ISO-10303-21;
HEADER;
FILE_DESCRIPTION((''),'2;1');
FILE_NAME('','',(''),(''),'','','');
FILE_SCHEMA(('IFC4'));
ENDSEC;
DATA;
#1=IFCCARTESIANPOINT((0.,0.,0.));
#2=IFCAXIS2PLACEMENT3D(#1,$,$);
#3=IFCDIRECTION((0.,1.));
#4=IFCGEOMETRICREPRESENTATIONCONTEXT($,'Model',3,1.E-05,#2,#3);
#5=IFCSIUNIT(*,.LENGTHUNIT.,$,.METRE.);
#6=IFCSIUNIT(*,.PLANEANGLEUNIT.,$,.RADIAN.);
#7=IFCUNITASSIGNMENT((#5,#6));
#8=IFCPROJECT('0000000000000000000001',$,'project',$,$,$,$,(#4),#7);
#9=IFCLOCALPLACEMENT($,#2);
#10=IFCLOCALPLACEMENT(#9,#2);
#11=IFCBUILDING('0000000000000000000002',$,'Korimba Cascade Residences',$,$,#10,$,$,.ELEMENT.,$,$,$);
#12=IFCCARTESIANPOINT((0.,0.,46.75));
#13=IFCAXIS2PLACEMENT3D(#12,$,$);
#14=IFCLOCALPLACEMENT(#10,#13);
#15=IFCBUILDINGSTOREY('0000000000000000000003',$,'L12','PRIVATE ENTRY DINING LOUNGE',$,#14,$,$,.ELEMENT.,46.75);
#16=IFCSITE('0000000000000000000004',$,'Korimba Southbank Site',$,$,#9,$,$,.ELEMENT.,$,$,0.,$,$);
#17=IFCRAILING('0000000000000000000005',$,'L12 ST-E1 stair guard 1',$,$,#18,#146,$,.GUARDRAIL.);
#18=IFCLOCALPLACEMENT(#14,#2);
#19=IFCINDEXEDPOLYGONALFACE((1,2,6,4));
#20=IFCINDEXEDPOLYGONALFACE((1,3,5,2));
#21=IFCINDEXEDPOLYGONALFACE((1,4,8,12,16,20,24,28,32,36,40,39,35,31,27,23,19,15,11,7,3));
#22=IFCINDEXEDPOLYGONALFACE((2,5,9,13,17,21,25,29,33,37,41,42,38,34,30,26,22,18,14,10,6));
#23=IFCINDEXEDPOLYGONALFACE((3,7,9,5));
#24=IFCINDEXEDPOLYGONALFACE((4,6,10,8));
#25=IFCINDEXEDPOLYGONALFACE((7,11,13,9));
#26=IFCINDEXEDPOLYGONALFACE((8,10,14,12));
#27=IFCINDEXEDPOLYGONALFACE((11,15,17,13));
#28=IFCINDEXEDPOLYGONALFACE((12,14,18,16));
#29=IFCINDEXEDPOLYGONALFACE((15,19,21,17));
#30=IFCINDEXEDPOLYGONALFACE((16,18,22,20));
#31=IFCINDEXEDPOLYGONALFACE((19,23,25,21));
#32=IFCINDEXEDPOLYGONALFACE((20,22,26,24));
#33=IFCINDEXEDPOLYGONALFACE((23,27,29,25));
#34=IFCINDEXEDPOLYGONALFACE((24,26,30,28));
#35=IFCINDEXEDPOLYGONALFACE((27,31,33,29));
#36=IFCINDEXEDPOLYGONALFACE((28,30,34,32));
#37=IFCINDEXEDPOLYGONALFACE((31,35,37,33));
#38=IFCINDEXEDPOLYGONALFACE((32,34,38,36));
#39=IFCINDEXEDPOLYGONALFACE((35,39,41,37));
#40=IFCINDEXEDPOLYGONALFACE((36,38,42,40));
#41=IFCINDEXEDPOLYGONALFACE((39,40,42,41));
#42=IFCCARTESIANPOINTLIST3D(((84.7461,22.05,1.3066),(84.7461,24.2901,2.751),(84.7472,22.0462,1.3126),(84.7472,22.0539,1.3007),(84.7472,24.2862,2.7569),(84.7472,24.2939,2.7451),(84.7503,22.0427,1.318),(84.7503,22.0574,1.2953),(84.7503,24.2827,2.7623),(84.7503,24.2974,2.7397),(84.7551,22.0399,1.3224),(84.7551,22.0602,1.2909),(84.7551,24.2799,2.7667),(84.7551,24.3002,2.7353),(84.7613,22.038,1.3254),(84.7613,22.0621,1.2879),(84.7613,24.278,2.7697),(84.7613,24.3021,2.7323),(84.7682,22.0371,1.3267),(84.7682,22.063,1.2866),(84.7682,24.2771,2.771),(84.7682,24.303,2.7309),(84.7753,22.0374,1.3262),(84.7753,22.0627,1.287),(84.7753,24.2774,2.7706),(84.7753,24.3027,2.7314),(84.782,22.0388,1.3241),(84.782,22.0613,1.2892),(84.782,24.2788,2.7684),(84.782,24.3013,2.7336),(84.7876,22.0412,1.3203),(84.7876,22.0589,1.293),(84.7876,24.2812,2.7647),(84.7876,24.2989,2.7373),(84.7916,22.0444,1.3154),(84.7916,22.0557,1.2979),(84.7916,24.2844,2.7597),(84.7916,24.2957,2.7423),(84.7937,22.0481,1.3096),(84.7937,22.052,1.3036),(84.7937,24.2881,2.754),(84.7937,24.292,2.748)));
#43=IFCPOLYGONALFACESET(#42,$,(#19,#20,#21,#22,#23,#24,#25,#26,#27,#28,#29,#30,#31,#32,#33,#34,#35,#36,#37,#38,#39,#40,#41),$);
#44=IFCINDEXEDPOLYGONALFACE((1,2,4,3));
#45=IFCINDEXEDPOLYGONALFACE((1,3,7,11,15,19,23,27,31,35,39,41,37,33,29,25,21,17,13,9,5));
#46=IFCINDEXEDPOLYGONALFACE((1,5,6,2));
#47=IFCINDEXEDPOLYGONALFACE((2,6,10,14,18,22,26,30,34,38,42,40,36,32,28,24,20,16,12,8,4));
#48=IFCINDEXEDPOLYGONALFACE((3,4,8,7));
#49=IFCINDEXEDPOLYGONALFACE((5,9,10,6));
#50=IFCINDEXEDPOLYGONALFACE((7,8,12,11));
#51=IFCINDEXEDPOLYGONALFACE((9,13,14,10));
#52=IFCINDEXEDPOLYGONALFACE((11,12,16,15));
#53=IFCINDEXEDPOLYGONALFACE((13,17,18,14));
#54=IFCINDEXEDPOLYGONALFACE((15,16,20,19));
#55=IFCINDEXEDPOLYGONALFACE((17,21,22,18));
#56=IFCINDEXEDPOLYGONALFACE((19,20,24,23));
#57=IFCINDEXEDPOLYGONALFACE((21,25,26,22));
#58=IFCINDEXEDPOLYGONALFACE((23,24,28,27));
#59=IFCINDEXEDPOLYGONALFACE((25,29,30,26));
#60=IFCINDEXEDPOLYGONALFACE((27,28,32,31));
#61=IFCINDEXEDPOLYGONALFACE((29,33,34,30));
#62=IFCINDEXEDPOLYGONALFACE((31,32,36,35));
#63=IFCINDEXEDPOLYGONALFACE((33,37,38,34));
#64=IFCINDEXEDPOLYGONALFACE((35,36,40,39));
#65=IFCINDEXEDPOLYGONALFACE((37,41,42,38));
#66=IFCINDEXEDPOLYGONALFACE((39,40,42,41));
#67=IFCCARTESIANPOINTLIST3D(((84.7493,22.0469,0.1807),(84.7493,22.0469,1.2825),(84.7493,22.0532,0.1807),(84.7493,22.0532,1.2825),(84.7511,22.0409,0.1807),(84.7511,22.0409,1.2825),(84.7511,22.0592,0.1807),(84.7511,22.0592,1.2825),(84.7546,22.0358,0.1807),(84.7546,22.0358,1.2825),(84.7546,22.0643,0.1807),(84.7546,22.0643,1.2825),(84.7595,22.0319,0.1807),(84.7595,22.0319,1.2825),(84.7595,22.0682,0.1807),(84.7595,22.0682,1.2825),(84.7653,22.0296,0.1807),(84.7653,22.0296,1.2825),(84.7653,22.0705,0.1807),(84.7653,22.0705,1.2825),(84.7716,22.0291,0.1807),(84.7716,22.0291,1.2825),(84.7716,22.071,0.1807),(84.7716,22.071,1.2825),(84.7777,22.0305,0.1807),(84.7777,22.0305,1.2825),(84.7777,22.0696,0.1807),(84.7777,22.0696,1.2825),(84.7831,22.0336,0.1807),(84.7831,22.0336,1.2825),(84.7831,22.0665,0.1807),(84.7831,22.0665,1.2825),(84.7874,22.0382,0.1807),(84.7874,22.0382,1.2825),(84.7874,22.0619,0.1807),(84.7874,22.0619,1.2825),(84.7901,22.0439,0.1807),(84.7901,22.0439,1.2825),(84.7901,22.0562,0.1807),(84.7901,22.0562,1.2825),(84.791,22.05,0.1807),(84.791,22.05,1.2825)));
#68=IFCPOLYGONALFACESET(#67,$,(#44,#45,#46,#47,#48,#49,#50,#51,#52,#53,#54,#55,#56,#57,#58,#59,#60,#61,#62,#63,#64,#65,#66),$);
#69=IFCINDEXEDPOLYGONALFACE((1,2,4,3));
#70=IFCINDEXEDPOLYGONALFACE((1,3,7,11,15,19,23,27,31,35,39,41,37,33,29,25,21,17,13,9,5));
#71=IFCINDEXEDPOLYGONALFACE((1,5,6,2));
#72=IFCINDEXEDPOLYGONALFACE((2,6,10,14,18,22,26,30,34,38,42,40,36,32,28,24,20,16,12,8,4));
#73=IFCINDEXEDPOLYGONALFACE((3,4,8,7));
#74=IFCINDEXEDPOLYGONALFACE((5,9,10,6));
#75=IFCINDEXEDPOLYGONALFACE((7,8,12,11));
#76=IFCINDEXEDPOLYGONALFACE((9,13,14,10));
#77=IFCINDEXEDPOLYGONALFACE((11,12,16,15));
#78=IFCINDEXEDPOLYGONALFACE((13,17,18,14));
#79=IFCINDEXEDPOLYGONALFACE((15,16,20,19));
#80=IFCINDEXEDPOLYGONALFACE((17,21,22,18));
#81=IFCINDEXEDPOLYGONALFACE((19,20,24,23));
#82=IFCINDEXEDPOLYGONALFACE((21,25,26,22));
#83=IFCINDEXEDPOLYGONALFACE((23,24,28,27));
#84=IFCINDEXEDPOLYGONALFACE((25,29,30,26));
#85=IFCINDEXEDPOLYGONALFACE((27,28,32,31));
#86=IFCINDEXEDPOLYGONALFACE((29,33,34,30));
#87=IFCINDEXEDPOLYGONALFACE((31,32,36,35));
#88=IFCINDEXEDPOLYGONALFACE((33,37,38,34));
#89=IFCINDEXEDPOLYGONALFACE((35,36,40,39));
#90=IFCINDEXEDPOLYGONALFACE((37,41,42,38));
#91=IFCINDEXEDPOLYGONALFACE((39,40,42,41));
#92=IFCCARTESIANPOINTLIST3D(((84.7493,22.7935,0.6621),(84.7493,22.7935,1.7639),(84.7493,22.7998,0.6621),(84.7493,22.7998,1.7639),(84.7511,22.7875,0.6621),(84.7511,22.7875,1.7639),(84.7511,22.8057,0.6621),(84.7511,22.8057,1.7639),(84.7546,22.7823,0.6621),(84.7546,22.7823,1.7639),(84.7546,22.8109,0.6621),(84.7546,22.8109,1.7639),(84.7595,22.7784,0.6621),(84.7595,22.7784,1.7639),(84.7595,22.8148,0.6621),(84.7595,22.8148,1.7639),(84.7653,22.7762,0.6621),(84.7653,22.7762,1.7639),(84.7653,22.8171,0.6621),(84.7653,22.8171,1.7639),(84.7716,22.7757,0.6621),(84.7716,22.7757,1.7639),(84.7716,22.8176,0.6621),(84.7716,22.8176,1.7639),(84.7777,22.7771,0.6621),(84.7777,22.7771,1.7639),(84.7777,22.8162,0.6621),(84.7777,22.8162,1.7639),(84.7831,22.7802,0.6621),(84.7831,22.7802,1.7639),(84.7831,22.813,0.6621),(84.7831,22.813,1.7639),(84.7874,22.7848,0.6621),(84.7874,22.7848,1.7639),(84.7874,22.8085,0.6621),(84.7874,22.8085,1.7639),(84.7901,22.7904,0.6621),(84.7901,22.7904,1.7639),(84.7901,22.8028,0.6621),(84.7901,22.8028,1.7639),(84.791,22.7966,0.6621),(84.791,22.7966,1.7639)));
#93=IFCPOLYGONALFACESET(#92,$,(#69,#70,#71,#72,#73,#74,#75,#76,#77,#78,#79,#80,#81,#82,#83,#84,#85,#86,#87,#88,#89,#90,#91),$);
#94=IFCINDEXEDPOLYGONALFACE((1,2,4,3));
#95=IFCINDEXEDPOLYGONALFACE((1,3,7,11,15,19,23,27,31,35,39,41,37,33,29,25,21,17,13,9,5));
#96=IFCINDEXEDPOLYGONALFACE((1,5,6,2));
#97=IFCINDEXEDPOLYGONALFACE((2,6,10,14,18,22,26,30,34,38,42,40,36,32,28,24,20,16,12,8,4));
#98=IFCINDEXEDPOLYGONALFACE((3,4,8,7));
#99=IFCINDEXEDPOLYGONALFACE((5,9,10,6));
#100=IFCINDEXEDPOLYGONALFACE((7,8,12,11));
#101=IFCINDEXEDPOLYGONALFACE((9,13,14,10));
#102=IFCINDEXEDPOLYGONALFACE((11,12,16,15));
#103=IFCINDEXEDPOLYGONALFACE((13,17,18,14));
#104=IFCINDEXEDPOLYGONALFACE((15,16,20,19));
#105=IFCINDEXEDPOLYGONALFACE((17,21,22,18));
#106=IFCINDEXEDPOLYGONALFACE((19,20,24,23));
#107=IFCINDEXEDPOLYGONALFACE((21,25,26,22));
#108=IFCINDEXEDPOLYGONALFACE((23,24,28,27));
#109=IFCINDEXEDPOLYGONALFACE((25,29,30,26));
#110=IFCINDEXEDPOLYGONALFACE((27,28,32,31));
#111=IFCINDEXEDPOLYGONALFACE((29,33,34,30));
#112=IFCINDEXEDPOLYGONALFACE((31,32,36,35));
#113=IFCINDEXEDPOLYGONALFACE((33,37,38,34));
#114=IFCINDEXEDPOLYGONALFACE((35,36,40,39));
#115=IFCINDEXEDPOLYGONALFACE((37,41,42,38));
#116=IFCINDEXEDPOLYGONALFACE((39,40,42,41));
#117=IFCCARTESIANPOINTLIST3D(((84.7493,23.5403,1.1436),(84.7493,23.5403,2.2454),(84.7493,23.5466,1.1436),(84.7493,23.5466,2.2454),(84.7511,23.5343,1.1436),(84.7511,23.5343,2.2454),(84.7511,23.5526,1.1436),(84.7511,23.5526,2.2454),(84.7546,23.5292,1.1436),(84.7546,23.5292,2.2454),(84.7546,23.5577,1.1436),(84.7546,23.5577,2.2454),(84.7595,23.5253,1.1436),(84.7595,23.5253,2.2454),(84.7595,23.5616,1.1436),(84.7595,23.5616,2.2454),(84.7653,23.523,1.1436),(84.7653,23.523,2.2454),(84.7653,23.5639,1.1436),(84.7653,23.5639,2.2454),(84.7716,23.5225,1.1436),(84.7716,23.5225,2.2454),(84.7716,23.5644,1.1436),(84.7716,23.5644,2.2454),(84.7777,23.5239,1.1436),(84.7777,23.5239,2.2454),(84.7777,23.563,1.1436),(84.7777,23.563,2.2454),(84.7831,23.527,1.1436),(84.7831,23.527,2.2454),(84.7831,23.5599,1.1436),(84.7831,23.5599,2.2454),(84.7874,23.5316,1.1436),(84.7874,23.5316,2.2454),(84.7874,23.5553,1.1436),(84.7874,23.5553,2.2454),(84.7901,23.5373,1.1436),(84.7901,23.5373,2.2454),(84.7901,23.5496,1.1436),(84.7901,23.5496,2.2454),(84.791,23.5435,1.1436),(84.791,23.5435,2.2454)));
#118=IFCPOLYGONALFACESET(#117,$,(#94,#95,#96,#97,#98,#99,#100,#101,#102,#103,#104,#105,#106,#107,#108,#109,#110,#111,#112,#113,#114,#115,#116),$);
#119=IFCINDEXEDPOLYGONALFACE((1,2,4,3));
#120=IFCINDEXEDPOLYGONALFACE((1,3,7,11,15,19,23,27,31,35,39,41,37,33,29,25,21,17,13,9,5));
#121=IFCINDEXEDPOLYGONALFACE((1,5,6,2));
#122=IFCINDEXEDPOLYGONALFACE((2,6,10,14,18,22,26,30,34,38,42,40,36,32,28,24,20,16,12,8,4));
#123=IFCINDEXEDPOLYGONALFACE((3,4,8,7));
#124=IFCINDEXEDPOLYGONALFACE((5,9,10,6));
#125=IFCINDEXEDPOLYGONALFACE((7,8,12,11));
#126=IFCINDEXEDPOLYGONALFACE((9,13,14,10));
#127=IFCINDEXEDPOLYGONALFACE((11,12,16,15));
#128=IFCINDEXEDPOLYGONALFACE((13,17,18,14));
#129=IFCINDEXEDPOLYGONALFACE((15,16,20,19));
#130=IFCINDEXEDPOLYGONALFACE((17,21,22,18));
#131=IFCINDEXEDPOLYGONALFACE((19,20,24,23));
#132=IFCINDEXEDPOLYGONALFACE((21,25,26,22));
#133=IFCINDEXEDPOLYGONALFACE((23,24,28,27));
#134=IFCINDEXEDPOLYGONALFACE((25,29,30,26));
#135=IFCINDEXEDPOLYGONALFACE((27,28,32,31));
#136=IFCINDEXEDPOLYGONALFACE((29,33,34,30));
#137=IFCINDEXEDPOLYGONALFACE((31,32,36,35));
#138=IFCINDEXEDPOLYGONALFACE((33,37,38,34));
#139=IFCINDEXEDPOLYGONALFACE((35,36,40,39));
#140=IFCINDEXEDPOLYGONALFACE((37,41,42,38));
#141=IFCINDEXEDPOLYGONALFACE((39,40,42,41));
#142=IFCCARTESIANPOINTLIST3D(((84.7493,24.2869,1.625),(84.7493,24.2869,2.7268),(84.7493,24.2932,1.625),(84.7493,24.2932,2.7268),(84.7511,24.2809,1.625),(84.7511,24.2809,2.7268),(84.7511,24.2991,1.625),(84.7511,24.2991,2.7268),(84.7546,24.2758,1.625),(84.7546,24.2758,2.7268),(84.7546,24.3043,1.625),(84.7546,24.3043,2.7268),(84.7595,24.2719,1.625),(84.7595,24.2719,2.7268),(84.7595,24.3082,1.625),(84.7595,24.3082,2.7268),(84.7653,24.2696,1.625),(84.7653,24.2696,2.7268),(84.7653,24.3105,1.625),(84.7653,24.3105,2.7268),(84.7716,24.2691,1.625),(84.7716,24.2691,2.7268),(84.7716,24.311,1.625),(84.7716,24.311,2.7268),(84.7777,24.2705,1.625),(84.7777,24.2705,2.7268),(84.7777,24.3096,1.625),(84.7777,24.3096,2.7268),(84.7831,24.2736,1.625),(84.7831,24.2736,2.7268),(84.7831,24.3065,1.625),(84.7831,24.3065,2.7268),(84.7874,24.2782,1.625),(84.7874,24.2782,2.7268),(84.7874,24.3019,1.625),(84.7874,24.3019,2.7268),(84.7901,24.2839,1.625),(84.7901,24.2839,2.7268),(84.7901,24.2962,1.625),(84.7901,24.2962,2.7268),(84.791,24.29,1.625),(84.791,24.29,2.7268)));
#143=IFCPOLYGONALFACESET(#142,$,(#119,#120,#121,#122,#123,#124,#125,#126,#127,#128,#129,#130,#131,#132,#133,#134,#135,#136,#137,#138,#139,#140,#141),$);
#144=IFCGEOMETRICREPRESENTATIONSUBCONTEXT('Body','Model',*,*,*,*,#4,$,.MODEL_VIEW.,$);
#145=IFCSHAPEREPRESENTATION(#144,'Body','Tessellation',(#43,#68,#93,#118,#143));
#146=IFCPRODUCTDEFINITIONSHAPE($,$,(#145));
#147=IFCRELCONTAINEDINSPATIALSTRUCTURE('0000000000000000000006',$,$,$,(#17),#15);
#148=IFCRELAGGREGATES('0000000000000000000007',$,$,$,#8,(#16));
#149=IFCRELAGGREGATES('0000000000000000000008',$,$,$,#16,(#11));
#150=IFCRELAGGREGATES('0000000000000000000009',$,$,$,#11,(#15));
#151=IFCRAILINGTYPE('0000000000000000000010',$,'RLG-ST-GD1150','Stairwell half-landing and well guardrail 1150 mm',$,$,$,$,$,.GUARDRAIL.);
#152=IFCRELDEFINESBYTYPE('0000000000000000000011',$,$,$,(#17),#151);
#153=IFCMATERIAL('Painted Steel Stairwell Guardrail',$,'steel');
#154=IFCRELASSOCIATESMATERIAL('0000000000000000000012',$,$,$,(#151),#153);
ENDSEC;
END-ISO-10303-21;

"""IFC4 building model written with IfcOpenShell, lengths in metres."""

from ifc_helpers import new_model, si_unit, direction, frame, origin, origin_2d, place, context, subcontext, project, spatial, circle, extrude, material, type_object, element, save


model = new_model("IFC4")

# Units and contexts
model_context = context("Model", 3, precision=1e-05, world=origin(), true_north=direction((0.0, 1.0)))
body_context = subcontext(model_context, "Body", "Model", "MODEL_VIEW")
ifc_project = project(units=[si_unit("LENGTHUNIT", "METRE"), si_unit("PLANEANGLEUNIT", "RADIAN")], contexts=[model_context])

# Site, building, storey
site_placement = place(None, origin())
site = spatial("IfcSite", under=ifc_project, at=site_placement, Name="Korimba Southbank Site", CompositionType="ELEMENT", RefElevation=0.0)
building_placement = place(site_placement, origin())
building = spatial("IfcBuilding", under=site, at=building_placement, Name="Korimba Cascade Residences", CompositionType="ELEMENT")
storey_placement = place(building_placement, frame((0.0, 0.0, 46.75)))
storey = spatial("IfcBuildingStorey", under=building, at=storey_placement, Name="L12", Description="PRIVATE ENTRY DINING LOUNGE", CompositionType="ELEMENT", Elevation=46.75)

# Railing
ifc_material_1 = material(Name="Painted Steel Stairwell Guardrail", Category="steel")
railing_type_1 = type_object("IfcRailingType", Name="RLG-ST-GD1150", Description="Stairwell half-landing and well guardrail 1150 mm", PredefinedType="GUARDRAIL", material=ifc_material_1)
railing_1_placement = place(storey_placement, frame((84.77, 22.05, 0.1807)))
element("IfcRailing", 1, at=railing_1_placement, inside=storey, type_object=railing_type_1, Name="L12 ST-E1 stair guard 1", PredefinedType="GUARDRAIL", context=body_context, shape_type="SweptSolid", body=[
    extrude(circle(Radius=0.0239, at=origin_2d()), frame((0.0, 0.0, 1.126), z_axis=(0.0, 0.840437, 0.54191), x_axis=(-1.0, 0.0, 0.0)), (0.0, 0.0, 1.0), 2.6653),
    extrude(circle(Radius=0.021, at=origin_2d()), origin(), (0.0, 0.0, 1.0), 1.1018),
    extrude(circle(Radius=0.021, at=origin_2d()), frame((0.0, 0.7466, 0.4814)), (0.0, 0.0, 1.0), 1.1018),
    extrude(circle(Radius=0.021, at=origin_2d()), frame((0.0, 1.4934, 0.9629)), (0.0, 0.0, 1.0), 1.1018),
    extrude(circle(Radius=0.021, at=origin_2d()), frame((0.0, 2.24, 1.4443)), (0.0, 0.0, 1.0), 1.1018),
])

save(model, "model.ifc")
